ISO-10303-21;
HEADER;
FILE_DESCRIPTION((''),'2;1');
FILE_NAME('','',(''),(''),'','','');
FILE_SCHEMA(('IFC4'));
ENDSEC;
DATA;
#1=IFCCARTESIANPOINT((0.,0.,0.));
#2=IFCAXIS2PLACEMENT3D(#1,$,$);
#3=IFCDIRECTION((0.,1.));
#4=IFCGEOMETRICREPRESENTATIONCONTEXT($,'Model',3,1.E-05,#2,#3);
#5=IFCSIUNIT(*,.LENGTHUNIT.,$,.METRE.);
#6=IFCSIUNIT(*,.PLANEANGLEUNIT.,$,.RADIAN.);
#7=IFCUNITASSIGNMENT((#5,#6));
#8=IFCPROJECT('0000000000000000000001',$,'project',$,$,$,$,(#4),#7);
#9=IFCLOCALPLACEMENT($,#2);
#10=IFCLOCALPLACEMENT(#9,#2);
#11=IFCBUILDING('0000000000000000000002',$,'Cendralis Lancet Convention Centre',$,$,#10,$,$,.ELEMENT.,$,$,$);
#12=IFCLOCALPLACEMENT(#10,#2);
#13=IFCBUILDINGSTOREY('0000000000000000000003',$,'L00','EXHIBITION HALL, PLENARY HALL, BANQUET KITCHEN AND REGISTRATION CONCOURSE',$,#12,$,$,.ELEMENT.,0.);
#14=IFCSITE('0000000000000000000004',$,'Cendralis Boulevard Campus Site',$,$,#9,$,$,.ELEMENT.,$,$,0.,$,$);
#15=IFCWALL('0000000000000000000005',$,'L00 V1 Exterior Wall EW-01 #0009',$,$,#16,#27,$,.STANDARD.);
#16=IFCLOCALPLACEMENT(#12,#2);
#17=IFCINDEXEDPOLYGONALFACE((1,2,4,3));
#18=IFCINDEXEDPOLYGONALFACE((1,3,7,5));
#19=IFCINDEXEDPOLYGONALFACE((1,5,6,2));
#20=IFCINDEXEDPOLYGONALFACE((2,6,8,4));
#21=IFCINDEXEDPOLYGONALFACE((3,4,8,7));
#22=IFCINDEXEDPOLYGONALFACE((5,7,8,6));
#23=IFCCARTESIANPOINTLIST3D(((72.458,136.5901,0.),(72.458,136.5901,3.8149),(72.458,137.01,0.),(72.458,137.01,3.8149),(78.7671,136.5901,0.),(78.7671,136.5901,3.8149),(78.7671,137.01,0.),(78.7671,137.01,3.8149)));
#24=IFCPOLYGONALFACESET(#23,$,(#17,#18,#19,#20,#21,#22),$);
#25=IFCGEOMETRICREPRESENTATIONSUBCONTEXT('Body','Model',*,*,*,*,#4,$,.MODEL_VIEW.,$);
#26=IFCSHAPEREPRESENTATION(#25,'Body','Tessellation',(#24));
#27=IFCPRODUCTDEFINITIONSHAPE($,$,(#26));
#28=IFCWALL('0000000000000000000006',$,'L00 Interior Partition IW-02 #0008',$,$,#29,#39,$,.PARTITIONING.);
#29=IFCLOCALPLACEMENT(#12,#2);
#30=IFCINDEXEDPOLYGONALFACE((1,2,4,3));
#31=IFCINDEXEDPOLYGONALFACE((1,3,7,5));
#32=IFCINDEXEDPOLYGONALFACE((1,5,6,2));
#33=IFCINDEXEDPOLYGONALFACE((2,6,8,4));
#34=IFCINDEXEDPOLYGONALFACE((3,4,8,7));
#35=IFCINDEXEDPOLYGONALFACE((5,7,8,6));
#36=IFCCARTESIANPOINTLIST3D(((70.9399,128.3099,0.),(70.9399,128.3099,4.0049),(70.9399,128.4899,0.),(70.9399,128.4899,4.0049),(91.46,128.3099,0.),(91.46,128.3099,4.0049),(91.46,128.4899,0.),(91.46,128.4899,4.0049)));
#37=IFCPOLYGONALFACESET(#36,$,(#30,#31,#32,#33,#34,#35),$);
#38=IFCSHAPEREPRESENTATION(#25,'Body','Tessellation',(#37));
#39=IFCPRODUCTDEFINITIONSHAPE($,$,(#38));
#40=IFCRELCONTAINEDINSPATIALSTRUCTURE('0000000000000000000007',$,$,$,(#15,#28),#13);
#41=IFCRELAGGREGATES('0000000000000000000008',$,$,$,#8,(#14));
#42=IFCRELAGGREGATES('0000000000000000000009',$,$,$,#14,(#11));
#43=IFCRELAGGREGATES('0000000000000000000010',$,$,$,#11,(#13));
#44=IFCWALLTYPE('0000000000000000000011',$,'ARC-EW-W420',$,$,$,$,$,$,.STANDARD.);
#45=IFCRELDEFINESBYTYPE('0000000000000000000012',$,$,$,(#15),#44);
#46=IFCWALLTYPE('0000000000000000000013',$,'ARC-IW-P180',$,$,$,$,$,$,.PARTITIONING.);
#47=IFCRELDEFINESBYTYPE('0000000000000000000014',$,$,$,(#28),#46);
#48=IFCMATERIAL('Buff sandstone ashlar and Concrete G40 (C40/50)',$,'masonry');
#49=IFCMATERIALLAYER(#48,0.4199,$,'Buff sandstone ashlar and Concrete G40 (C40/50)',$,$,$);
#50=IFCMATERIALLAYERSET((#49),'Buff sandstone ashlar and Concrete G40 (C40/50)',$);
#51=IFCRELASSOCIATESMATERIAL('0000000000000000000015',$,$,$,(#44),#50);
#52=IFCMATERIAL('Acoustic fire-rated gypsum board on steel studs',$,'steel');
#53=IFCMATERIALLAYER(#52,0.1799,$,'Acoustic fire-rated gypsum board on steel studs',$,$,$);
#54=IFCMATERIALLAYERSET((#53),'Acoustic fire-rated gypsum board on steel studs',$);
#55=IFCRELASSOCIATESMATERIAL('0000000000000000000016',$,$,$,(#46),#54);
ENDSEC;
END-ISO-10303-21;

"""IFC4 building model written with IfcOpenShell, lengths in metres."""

from ifc_helpers import new_model, si_unit, direction, frame, frame_2d, origin, place, context, subcontext, project, spatial, rectangle, extrude, material, layer, layer_set, type_object, element, save


model = new_model("IFC4")

# Units and contexts
model_context = context("Model", 3, precision=1e-05, world=origin(), true_north=direction((0.0, 1.0)))
body_context = subcontext(model_context, "Body", "Model", "MODEL_VIEW")
ifc_project = project(units=[si_unit("LENGTHUNIT", "METRE"), si_unit("PLANEANGLEUNIT", "RADIAN")], contexts=[model_context])

# Site, building, storey
site_placement = place(None, origin())
site = spatial("IfcSite", under=ifc_project, at=site_placement, Name="Cendralis Boulevard Campus Site", CompositionType="ELEMENT", RefElevation=0.0)
building_placement = place(site_placement, origin())
building = spatial("IfcBuilding", under=site, at=building_placement, Name="Cendralis Lancet Convention Centre", CompositionType="ELEMENT")
storey_placement = place(building_placement, origin())
storey = spatial("IfcBuildingStorey", under=building, at=storey_placement, Name="L00", Description="EXHIBITION HALL, PLENARY HALL, BANQUET KITCHEN AND REGISTRATION CONCOURSE", CompositionType="ELEMENT", Elevation=0.0)

# Walls
ifc_material_1 = material(Name="Buff sandstone ashlar and Concrete G40 (C40/50)", Category="masonry")
ifc_layer_1 = layer(ifc_material_1, 0.4199, Name="Buff sandstone ashlar and Concrete G40 (C40/50)")
ifc_layer_set_1 = layer_set([ifc_layer_1], Name="Buff sandstone ashlar and Concrete G40 (C40/50)")
wall_type_1 = type_object("IfcWallType", Name="ARC-EW-W420", PredefinedType="STANDARD", material=ifc_layer_set_1)
wall_1_placement = place(storey_placement, frame((72.458, 136.8, 0.0), z_axis=(0.0, 0.0, 1.0), x_axis=(1.0, 0.0, 0.0)))
element("IfcWall", 1, at=wall_1_placement, inside=storey, type_object=wall_type_1, Name="L00 V1 Exterior Wall EW-01 #0009", PredefinedType="STANDARD", context=body_context, shape_type="SweptSolid", body=[
    extrude(rectangle(XDim=6.3091, YDim=0.4199, at=frame_2d((3.1545, 0.0))), origin(), (0.0, 0.0, 1.0), 3.8149),
])
ifc_material_2 = material(Name="Acoustic fire-rated gypsum board on steel studs", Category="steel")
ifc_layer_2 = layer(ifc_material_2, 0.1799, Name="Acoustic fire-rated gypsum board on steel studs")
ifc_layer_set_2 = layer_set([ifc_layer_2], Name="Acoustic fire-rated gypsum board on steel studs")
wall_type_2 = type_object("IfcWallType", Name="ARC-IW-P180", PredefinedType="PARTITIONING", material=ifc_layer_set_2)
wall_2_placement = place(storey_placement, frame((70.9399, 128.3999, 0.0), z_axis=(0.0, 0.0, 1.0), x_axis=(1.0, 0.0, 0.0)))
element("IfcWall", 2, at=wall_2_placement, inside=storey, type_object=wall_type_2, Name="L00 Interior Partition IW-02 #0008", PredefinedType="PARTITIONING", context=body_context, shape_type="SweptSolid", body=[
    extrude(rectangle(XDim=20.52, YDim=0.1799, at=frame_2d((10.26, 0.0))), origin(), (0.0, 0.0, 1.0), 4.0049),
])

save(model, "model.ifc")
